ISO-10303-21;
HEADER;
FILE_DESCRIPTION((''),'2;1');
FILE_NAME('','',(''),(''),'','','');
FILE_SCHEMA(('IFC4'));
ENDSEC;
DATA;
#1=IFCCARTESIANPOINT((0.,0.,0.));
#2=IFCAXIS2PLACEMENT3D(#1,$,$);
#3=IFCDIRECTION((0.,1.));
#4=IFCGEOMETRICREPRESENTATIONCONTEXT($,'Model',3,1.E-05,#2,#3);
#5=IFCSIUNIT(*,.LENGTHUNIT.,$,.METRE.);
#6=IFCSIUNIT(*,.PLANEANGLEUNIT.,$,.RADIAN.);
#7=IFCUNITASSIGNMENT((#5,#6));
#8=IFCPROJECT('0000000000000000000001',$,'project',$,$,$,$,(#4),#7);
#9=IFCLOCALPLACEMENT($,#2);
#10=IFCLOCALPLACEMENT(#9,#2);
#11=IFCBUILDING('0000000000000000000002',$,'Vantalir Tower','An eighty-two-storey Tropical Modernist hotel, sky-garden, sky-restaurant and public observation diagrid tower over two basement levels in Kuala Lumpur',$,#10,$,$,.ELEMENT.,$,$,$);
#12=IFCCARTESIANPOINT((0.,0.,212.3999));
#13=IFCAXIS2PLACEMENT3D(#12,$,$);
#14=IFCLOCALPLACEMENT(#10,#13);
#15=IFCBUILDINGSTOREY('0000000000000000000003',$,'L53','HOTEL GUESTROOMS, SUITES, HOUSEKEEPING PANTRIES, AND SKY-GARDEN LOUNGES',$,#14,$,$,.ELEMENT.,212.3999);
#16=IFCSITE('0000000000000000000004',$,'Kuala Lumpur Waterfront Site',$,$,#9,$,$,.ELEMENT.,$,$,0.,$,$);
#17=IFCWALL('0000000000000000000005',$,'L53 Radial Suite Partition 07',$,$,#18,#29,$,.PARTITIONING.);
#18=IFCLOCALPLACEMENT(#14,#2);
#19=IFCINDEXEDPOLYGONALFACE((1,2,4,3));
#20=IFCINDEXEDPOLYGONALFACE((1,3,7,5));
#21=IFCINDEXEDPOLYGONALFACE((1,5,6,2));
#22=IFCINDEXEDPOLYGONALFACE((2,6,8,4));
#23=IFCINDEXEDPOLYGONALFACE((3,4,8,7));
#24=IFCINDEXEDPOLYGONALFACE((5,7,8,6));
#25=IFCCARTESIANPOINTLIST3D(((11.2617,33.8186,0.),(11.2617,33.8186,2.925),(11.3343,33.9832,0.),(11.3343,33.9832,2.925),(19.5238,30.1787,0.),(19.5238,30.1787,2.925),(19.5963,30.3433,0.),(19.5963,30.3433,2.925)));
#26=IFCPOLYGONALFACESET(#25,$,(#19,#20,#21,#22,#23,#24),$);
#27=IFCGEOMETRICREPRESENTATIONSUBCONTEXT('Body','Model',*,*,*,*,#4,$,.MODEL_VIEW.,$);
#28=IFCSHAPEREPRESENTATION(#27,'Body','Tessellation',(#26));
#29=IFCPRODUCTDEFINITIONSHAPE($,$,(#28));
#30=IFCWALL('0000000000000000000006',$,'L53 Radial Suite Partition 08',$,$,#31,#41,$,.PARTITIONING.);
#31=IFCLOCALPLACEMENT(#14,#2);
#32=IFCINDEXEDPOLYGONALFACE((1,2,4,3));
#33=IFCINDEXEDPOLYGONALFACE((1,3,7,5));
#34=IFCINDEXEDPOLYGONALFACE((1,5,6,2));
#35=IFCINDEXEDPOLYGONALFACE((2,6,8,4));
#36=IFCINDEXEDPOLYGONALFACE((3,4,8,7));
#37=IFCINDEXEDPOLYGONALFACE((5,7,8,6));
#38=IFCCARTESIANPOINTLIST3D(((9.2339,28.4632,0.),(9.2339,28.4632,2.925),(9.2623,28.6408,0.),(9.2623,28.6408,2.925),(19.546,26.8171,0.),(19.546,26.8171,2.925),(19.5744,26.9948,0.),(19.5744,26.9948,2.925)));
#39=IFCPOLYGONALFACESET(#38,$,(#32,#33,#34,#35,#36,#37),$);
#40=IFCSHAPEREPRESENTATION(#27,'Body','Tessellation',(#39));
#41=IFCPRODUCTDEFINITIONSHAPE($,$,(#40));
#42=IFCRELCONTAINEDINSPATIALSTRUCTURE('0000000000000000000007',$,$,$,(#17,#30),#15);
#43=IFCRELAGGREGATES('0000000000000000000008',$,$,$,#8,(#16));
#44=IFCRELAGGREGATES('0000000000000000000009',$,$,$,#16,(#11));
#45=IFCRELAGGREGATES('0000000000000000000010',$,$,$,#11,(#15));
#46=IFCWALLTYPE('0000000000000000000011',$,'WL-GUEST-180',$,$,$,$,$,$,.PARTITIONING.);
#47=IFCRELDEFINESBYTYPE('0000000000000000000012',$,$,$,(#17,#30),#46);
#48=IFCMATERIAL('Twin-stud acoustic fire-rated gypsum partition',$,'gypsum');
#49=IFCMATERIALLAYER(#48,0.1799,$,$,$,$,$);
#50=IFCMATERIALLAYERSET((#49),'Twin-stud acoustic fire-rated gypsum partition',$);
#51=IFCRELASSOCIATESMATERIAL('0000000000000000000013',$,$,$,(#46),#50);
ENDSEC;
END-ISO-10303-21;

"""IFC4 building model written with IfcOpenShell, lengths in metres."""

from ifc_helpers import new_model, si_unit, direction, frame, frame_2d, origin, place, context, subcontext, project, spatial, rectangle, extrude, material, layer, layer_set, type_object, element, save


model = new_model("IFC4")

# Units and contexts
model_context = context("Model", 3, precision=1e-05, world=origin(), true_north=direction((0.0, 1.0)))
body_context = subcontext(model_context, "Body", "Model", "MODEL_VIEW")
ifc_project = project(units=[si_unit("LENGTHUNIT", "METRE"), si_unit("PLANEANGLEUNIT", "RADIAN")], contexts=[model_context])

# Site, building, storey
site_placement = place(None, origin())
site = spatial("IfcSite", under=ifc_project, at=site_placement, Name="Kuala Lumpur Waterfront Site", CompositionType="ELEMENT", RefElevation=0.0)
building_placement = place(site_placement, origin())
building = spatial("IfcBuilding", under=site, at=building_placement, Name="Vantalir Tower", Description="An eighty-two-storey Tropical Modernist hotel, sky-garden, sky-restaurant and public observation diagrid tower over two basement levels in Kuala Lumpur", CompositionType="ELEMENT")
storey_placement = place(building_placement, frame((0.0, 0.0, 212.3999)))
storey = spatial("IfcBuildingStorey", under=building, at=storey_placement, Name="L53", Description="HOTEL GUESTROOMS, SUITES, HOUSEKEEPING PANTRIES, AND SKY-GARDEN LOUNGES", CompositionType="ELEMENT", Elevation=212.3999)

# Walls
ifc_material_1 = material(Name="Twin-stud acoustic fire-rated gypsum partition", Category="gypsum")
ifc_layer_1 = layer(ifc_material_1, 0.1799)
ifc_layer_set_1 = layer_set([ifc_layer_1], Name="Twin-stud acoustic fire-rated gypsum partition")
wall_type_1 = type_object("IfcWallType", Name="WL-GUEST-180", PredefinedType="PARTITIONING", material=ifc_layer_set_1)
wall_1_placement = place(storey_placement, frame((19.5601, 30.261, 0.0), z_axis=(0.0, 0.0, 1.0), x_axis=(-0.915126, 0.403168, 0.0)))
element("IfcWall", 1, at=wall_1_placement, inside=storey, type_object=wall_type_1, Name="L53 Radial Suite Partition 07", PredefinedType="PARTITIONING", context=body_context, shape_type="SweptSolid", body=[
    extrude(rectangle(XDim=9.0283, YDim=0.1799, at=frame_2d((4.5142, 0.0))), origin(), (0.0, 0.0, 1.0), 2.925),
])
wall_2_placement = place(storey_placement, frame((19.5601, 26.906, 0.0), z_axis=(0.0, 0.0, 1.0), x_axis=(-0.987499, 0.157624, 0.0)))
element("IfcWall", 2, at=wall_2_placement, inside=storey, type_object=wall_type_1, Name="L53 Radial Suite Partition 08", PredefinedType="PARTITIONING", context=body_context, shape_type="SweptSolid", body=[
    extrude(rectangle(XDim=10.4426, YDim=0.1799, at=frame_2d((5.2212, 0.0))), origin(), (0.0, 0.0, 1.0), 2.925),
])

save(model, "model.ifc")
